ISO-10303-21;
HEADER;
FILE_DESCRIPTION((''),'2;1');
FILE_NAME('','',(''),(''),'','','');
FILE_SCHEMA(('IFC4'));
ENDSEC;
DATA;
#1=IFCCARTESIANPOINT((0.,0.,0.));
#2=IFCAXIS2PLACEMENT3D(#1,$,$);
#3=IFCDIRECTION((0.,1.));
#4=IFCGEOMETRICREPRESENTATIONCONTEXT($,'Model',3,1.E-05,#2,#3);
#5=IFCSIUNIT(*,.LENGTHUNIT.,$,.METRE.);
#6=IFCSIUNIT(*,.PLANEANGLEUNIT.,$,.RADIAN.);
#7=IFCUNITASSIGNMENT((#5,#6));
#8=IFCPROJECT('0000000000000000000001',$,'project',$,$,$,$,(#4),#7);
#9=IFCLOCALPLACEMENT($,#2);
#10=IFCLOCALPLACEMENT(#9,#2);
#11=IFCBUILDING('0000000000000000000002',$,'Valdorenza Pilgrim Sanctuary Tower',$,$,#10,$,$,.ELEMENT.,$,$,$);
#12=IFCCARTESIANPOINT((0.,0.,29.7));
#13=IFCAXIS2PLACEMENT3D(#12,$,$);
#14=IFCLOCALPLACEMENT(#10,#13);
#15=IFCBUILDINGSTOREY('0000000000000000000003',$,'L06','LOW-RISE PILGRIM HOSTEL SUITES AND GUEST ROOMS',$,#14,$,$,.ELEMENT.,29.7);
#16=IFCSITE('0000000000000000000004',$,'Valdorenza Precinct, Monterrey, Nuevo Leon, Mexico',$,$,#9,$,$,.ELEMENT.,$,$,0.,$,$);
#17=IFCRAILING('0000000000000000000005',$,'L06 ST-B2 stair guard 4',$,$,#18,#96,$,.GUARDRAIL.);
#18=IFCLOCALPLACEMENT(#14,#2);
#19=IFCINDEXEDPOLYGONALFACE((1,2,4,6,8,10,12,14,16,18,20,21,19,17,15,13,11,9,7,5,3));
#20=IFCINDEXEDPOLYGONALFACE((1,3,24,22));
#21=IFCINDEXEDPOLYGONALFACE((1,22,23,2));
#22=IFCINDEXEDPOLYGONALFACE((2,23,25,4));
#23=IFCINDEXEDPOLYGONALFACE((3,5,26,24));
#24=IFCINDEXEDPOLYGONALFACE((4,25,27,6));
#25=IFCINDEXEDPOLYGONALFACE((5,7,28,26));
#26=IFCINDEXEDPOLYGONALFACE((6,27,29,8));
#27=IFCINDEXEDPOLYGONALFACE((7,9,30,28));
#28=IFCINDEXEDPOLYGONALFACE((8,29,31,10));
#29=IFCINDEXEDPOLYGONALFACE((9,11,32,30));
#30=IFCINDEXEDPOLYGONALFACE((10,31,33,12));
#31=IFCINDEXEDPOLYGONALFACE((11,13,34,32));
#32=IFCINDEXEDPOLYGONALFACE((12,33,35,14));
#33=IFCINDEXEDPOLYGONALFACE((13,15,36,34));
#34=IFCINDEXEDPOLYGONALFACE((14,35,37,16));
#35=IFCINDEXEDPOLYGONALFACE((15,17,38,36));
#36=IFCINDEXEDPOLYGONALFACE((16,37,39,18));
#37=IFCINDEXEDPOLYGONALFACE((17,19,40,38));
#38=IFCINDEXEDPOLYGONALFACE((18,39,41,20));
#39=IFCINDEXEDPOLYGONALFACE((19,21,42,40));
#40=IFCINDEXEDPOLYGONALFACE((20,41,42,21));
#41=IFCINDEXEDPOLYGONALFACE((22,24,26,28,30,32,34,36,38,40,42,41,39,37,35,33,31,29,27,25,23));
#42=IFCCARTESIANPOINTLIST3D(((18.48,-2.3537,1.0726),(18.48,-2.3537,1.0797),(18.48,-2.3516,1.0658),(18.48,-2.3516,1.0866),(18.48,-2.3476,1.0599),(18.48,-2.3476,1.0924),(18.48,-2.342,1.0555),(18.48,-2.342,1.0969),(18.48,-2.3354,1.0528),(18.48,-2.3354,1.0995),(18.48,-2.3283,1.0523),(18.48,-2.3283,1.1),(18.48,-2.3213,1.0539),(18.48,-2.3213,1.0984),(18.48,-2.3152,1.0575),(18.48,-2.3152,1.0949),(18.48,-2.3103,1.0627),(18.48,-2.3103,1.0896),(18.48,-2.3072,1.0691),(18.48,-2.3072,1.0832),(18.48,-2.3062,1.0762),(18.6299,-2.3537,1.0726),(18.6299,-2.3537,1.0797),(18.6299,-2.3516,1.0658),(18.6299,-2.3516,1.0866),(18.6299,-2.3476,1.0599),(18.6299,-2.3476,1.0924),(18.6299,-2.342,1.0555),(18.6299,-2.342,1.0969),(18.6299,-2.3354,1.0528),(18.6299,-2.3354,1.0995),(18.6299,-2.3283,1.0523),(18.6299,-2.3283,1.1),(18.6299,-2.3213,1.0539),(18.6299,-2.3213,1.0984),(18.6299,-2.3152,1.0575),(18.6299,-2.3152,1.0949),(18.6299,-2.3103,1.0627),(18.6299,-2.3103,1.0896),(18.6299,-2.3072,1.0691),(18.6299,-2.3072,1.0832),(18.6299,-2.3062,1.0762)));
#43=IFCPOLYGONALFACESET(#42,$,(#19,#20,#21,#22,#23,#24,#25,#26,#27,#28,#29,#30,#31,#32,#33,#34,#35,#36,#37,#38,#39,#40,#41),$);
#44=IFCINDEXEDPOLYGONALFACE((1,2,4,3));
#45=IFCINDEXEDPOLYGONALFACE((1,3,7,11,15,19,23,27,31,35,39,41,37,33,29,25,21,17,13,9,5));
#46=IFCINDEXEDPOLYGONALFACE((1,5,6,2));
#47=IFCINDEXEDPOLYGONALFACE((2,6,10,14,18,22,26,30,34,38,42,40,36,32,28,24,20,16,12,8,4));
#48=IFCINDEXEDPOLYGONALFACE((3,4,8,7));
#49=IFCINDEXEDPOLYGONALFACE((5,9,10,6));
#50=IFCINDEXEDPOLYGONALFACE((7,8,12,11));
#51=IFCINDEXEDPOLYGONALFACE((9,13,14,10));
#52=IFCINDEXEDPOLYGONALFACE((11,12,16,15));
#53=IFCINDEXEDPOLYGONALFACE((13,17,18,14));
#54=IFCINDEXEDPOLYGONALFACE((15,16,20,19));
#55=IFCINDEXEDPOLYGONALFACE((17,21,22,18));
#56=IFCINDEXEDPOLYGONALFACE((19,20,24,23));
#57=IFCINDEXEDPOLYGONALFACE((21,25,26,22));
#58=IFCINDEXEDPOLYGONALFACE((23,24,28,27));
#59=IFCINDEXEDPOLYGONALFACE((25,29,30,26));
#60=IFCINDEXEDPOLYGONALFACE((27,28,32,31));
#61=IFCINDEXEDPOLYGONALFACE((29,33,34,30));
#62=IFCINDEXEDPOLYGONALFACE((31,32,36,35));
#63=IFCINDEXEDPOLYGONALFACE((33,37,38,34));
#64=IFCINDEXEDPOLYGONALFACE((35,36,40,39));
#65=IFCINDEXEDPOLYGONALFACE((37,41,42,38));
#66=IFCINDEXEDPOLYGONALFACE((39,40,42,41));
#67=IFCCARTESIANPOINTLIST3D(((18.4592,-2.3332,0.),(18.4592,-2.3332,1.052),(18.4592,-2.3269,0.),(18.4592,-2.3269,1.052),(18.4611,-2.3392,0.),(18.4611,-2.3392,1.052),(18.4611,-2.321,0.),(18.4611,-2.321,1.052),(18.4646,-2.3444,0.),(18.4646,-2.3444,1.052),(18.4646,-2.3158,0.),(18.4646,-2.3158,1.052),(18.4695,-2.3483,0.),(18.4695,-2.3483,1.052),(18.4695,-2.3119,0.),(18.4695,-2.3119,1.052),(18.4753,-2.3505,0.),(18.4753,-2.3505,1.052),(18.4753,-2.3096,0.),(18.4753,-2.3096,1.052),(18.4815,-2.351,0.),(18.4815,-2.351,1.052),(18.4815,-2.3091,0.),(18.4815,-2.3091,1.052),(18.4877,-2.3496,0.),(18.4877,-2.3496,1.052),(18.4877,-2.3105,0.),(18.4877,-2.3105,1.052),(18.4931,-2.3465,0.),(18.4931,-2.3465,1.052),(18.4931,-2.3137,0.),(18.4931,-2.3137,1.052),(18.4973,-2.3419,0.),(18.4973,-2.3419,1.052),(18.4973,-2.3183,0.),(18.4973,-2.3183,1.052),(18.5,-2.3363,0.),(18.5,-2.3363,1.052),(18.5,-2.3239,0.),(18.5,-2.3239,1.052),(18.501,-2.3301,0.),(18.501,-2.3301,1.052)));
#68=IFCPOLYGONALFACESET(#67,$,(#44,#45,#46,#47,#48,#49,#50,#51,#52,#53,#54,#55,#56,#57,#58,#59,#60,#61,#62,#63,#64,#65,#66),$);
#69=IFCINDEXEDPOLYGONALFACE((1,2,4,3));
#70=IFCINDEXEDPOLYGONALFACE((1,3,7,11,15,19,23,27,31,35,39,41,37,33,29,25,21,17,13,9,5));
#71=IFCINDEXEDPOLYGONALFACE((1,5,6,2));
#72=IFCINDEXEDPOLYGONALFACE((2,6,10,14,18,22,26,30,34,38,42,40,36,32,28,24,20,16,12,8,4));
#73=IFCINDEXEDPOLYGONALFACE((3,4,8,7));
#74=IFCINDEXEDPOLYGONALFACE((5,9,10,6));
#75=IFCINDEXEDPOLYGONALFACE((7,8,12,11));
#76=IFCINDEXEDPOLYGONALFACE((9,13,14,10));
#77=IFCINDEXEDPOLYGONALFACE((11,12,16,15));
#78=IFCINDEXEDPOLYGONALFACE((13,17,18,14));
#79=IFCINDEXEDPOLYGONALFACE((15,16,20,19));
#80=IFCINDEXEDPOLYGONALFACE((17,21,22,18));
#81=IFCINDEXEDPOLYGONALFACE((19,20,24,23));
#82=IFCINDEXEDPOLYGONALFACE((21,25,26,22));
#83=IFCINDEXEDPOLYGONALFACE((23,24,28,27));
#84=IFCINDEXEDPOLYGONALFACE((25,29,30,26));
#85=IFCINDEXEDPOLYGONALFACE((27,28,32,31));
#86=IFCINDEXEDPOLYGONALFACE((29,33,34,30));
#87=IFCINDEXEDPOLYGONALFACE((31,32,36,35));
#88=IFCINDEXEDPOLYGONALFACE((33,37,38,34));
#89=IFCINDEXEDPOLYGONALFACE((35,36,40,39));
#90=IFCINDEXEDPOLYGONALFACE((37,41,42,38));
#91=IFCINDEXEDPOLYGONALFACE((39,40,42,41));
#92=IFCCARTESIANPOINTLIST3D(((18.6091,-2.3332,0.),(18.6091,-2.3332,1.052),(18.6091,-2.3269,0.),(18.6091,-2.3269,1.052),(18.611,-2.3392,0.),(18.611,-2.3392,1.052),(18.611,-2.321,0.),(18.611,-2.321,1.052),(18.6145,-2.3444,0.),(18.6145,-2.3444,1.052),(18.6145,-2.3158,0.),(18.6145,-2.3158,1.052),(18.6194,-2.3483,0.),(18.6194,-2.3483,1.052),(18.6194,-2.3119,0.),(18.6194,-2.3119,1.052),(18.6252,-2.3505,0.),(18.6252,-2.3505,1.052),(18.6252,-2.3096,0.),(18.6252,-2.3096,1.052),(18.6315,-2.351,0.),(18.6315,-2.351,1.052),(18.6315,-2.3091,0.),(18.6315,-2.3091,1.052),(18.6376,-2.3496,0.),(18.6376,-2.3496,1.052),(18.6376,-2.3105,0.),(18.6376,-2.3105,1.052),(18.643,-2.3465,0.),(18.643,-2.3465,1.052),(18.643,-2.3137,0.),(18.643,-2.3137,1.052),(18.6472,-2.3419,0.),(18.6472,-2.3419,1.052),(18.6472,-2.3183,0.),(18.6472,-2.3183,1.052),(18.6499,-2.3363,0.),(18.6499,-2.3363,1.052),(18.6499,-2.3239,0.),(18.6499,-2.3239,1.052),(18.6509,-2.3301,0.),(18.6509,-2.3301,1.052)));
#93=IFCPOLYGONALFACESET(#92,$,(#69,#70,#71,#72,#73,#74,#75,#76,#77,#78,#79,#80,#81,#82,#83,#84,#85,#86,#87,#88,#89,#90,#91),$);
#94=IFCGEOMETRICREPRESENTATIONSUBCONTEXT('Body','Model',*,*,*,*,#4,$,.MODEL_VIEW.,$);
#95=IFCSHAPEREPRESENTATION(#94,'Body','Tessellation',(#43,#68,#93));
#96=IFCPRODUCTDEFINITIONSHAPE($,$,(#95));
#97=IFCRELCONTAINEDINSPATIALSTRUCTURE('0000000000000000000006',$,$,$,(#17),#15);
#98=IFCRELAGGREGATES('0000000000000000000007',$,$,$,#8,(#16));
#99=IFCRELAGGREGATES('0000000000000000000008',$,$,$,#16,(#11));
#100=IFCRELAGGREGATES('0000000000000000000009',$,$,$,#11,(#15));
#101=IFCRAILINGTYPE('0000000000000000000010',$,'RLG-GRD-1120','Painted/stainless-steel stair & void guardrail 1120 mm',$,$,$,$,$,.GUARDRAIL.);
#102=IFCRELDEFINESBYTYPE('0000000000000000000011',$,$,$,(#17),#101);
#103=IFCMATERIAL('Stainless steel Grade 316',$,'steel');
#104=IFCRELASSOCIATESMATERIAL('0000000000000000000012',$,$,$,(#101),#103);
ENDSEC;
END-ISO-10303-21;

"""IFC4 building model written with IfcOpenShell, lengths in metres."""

from ifc_helpers import new_model, si_unit, direction, frame, origin, origin_2d, place, context, subcontext, project, spatial, circle, extrude, material, type_object, element, save


model = new_model("IFC4")

# Units and contexts
model_context = context("Model", 3, precision=1e-05, world=origin(), true_north=direction((0.0, 1.0)))
body_context = subcontext(model_context, "Body", "Model", "MODEL_VIEW")
ifc_project = project(units=[si_unit("LENGTHUNIT", "METRE"), si_unit("PLANEANGLEUNIT", "RADIAN")], contexts=[model_context])

# Site, building, storey
site_placement = place(None, origin())
site = spatial("IfcSite", under=ifc_project, at=site_placement, Name="Valdorenza Precinct, Monterrey, Nuevo Leon, Mexico", CompositionType="ELEMENT", RefElevation=0.0)
building_placement = place(site_placement, origin())
building = spatial("IfcBuilding", under=site, at=building_placement, Name="Valdorenza Pilgrim Sanctuary Tower", CompositionType="ELEMENT")
storey_placement = place(building_placement, frame((0.0, 0.0, 29.7)))
storey = spatial("IfcBuildingStorey", under=building, at=storey_placement, Name="L06", Description="LOW-RISE PILGRIM HOSTEL SUITES AND GUEST ROOMS", CompositionType="ELEMENT", Elevation=29.7)

# Railing
ifc_material_1 = material(Name="Stainless steel Grade 316", Category="steel")
railing_type_1 = type_object("IfcRailingType", Name="RLG-GRD-1120", Description="Painted/stainless-steel stair & void guardrail 1120 mm", PredefinedType="GUARDRAIL", material=ifc_material_1)
railing_1_placement = place(storey_placement, frame((18.48, -2.3301, 0.0)))
element("IfcRailing", 1, at=railing_1_placement, inside=storey, type_object=railing_type_1, Name="L06 ST-B2 stair guard 4", PredefinedType="GUARDRAIL", context=body_context, shape_type="SweptSolid", body=[
    extrude(circle(Radius=0.0239, at=origin_2d()), frame((0.0, 0.0, 1.0762), z_axis=(1.0, 0.0, 0.0), x_axis=(0.0, 1.0, 0.0)), (0.0, 0.0, 1.0), 0.1499),
    extrude(circle(Radius=0.021, at=origin_2d()), origin(), (0.0, 0.0, 1.0), 1.052),
    extrude(circle(Radius=0.021, at=origin_2d()), frame((0.1499, 0.0, 0.0)), (0.0, 0.0, 1.0), 1.052),
])

save(model, "model.ifc")
